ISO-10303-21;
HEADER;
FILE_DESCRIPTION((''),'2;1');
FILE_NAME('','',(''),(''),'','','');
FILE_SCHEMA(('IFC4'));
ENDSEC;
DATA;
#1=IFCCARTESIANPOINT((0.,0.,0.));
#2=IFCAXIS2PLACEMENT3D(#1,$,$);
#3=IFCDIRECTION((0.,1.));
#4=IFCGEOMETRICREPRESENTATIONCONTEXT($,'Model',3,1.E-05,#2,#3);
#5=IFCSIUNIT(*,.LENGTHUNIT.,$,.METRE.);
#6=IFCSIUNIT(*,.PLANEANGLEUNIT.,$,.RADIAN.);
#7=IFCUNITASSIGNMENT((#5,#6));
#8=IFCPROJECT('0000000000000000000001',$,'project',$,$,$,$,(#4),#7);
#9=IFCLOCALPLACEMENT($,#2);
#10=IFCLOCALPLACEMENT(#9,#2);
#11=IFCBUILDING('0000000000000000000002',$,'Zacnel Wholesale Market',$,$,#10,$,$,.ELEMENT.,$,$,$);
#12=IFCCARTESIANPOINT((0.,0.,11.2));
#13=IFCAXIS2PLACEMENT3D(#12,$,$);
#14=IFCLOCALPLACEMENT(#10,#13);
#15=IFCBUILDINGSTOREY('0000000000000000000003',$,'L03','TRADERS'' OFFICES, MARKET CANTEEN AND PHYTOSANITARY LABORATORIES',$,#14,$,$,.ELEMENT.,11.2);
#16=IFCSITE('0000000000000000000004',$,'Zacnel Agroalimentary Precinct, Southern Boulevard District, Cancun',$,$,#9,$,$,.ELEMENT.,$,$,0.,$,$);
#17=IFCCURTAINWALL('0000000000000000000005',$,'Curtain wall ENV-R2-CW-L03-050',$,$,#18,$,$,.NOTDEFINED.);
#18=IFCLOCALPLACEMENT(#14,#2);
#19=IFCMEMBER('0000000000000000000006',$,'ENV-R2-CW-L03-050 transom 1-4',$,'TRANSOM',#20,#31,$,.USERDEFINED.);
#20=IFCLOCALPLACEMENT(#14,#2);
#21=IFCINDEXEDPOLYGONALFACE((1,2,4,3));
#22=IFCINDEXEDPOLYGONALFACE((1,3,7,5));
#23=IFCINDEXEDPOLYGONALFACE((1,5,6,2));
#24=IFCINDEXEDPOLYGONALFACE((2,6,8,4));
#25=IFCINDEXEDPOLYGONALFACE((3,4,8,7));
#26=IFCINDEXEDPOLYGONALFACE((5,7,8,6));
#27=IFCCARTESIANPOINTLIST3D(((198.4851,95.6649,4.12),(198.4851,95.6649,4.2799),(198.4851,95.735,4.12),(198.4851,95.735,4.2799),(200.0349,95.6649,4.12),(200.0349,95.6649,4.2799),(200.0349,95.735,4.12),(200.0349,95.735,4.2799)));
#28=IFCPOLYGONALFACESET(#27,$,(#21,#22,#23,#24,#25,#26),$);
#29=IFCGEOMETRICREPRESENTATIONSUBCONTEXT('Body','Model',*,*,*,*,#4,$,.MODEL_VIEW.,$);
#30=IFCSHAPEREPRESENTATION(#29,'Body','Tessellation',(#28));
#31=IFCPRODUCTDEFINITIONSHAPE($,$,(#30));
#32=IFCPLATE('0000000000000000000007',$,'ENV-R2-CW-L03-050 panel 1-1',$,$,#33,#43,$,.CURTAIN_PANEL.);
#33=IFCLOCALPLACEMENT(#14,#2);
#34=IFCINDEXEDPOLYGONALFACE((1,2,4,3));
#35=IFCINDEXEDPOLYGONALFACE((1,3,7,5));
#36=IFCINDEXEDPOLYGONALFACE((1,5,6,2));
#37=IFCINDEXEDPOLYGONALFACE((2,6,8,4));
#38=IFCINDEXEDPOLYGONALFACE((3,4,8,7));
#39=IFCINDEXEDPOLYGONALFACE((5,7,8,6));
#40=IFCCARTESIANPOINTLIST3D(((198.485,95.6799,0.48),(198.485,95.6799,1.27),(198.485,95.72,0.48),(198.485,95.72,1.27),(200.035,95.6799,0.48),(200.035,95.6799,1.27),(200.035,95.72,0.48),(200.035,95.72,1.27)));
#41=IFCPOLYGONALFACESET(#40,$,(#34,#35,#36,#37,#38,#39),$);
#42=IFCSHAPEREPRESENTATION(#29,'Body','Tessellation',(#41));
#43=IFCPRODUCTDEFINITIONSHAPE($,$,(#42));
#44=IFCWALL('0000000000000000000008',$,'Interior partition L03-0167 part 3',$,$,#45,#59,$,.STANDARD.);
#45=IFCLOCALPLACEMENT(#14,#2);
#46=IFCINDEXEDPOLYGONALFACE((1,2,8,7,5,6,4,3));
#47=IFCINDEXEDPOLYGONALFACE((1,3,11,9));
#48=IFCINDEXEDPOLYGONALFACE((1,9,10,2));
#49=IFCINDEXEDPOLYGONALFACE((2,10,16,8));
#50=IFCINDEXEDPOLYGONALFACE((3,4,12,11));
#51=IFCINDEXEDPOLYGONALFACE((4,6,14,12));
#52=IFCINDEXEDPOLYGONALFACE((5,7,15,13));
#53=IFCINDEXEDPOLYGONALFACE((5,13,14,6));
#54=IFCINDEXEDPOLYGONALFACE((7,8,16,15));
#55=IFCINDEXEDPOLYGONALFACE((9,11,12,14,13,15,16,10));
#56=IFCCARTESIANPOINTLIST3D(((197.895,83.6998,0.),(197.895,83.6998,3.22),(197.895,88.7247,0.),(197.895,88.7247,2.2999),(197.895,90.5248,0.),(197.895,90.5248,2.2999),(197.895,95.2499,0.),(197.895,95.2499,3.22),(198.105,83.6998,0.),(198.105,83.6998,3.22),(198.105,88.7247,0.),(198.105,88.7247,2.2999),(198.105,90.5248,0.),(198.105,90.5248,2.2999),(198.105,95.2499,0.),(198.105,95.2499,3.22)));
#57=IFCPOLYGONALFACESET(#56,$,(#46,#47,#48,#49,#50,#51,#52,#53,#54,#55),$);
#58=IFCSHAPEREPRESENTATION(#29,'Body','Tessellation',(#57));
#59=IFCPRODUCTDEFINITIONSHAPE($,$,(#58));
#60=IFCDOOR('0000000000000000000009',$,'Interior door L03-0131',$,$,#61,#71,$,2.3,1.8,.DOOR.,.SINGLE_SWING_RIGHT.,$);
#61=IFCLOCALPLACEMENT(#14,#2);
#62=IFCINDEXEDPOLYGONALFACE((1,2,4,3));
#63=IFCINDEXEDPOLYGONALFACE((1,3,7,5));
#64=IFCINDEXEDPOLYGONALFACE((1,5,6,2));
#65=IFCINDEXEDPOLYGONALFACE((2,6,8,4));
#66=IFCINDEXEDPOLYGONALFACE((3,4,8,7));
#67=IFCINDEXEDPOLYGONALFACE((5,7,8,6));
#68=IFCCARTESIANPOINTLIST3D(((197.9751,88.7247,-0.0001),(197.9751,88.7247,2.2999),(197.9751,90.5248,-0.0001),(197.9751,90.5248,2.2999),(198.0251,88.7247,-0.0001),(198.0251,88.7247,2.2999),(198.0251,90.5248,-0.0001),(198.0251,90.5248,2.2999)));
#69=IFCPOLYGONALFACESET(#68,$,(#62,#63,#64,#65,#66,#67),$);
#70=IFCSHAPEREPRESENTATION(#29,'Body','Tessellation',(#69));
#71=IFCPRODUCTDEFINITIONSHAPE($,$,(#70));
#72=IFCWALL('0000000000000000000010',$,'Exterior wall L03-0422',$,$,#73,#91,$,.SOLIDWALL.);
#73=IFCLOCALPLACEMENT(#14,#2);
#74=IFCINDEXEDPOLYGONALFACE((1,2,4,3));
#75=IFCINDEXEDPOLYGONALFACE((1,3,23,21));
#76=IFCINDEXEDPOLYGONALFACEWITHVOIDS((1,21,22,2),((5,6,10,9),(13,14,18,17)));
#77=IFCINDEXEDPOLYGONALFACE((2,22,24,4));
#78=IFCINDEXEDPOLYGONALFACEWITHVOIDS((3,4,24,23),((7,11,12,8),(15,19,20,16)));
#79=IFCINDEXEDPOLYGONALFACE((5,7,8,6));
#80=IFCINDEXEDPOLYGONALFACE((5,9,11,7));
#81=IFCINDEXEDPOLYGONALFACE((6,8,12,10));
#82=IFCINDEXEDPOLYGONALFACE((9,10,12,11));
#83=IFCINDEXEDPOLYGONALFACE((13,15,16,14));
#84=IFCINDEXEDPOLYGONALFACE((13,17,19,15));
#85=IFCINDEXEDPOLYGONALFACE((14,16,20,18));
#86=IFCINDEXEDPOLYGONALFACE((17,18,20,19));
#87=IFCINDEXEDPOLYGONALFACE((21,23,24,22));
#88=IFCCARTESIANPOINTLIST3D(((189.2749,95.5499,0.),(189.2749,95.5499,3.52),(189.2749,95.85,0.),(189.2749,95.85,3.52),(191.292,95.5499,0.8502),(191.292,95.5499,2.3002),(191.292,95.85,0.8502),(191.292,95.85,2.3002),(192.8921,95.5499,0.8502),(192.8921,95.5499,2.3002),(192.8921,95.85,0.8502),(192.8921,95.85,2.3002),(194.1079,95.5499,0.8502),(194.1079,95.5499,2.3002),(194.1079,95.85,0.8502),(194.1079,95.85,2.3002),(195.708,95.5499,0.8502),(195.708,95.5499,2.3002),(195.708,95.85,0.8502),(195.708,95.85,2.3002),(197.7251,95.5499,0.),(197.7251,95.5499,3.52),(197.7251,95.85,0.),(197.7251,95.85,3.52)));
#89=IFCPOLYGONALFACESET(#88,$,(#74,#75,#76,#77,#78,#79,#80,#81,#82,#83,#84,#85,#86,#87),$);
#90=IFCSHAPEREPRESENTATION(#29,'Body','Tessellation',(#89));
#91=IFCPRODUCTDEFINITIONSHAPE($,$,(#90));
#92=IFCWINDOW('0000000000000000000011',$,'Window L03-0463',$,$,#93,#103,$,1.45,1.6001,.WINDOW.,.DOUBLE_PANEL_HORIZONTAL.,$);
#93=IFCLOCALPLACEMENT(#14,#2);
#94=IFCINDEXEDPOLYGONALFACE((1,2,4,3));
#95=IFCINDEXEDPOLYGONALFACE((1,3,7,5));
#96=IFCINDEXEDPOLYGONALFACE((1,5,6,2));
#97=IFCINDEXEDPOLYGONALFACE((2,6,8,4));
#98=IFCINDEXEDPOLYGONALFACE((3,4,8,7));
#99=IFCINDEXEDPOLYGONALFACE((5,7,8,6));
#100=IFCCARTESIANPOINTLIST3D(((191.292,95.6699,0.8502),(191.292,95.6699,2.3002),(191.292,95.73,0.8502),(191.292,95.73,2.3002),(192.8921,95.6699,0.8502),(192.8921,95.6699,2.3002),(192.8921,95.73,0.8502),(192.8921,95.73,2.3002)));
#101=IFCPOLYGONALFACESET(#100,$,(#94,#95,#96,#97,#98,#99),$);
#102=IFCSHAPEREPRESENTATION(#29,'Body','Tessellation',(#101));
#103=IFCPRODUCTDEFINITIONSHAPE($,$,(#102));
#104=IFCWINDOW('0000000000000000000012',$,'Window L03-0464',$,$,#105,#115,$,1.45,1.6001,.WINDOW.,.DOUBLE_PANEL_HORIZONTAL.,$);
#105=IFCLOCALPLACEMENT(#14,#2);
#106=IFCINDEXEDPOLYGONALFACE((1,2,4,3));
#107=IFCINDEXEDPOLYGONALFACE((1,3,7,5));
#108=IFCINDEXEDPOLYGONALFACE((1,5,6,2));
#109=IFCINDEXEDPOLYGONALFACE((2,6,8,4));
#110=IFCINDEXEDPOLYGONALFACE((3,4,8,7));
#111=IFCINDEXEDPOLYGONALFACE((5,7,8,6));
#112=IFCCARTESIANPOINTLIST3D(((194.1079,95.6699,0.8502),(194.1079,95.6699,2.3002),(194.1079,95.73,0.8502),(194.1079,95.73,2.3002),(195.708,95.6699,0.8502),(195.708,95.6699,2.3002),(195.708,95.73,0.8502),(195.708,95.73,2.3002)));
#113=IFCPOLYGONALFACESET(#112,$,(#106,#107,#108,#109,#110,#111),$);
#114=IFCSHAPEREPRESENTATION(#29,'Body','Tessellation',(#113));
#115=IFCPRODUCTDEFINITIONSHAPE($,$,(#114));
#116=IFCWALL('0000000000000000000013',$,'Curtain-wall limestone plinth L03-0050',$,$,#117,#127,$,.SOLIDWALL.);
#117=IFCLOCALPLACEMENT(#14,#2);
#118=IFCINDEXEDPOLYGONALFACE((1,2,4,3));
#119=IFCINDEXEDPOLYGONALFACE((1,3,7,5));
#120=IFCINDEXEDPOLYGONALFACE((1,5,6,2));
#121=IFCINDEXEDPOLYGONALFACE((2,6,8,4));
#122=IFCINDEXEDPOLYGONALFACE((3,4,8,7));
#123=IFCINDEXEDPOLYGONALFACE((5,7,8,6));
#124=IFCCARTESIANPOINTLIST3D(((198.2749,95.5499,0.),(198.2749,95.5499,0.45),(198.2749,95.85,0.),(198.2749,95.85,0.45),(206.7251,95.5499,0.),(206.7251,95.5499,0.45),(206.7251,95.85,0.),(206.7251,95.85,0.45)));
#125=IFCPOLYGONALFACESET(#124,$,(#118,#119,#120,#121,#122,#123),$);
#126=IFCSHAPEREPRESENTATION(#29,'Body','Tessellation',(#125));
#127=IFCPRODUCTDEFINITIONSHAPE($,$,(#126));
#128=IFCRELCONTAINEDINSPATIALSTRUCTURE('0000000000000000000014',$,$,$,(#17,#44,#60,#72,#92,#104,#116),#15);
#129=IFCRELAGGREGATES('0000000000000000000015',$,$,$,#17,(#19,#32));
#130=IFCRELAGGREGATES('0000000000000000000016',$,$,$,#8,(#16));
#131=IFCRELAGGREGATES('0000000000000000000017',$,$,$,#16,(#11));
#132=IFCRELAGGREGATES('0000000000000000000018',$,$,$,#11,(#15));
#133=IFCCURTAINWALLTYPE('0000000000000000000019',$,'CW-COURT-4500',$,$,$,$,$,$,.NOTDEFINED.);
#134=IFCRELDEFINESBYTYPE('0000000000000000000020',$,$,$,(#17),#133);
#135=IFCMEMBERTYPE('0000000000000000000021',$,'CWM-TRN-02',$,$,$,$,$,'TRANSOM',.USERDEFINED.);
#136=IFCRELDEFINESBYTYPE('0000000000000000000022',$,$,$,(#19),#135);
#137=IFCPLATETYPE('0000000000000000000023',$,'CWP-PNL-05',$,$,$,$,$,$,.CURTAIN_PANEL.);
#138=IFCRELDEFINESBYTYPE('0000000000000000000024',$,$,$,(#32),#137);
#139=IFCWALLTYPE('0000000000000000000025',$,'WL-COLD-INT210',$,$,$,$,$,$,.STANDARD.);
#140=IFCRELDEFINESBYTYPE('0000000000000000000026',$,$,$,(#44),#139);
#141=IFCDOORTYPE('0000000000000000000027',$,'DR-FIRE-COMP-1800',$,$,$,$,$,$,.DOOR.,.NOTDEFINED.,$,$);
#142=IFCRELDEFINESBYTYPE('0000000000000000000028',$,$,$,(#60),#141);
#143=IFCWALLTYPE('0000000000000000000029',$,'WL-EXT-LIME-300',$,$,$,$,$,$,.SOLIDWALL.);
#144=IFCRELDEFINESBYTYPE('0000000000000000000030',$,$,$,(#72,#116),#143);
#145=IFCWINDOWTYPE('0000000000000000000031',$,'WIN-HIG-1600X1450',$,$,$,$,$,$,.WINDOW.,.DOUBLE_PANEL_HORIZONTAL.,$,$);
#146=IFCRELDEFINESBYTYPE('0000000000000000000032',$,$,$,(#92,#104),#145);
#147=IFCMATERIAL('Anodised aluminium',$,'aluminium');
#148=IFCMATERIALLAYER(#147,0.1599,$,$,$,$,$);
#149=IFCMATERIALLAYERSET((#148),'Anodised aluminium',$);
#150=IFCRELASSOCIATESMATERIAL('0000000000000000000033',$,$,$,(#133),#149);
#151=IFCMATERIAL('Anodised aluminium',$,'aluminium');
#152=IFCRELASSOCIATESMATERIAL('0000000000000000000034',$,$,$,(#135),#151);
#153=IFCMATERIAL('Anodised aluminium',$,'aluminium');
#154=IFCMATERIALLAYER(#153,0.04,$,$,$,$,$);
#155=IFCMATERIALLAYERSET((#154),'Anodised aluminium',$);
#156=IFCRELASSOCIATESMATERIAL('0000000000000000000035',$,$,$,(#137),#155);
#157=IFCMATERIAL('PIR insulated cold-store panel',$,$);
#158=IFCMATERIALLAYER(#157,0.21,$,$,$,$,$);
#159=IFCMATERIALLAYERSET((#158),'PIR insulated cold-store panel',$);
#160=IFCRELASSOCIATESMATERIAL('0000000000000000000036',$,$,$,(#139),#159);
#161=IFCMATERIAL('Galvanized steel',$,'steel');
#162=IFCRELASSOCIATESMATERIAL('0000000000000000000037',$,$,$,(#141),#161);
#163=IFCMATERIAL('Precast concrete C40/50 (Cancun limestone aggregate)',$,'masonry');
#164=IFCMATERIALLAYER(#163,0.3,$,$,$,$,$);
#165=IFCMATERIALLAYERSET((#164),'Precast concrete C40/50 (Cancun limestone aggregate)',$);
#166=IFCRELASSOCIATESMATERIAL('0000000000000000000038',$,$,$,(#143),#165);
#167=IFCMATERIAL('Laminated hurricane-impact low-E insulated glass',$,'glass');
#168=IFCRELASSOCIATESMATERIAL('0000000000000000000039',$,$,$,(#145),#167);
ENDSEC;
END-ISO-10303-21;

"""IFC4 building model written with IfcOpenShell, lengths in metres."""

from ifc_helpers import new_model, si_unit, direction, frame, frame_2d, origin, origin_2d, place, context, subcontext, project, spatial, rectangle, extrude, material, layer, layer_set, material_profile, profile_set, type_object, element, fill, aggregate, save


model = new_model("IFC4")

# Units and contexts
model_context = context("Model", 3, precision=1e-05, world=origin(), true_north=direction((0.0, 1.0)))
body_context = subcontext(model_context, "Body", "Model", "MODEL_VIEW")
ifc_project = project(units=[si_unit("LENGTHUNIT", "METRE"), si_unit("PLANEANGLEUNIT", "RADIAN")], contexts=[model_context])

# Site, building, storey
site_placement = place(None, origin())
site = spatial("IfcSite", under=ifc_project, at=site_placement, Name="Zacnel Agroalimentary Precinct, Southern Boulevard District, Cancun", CompositionType="ELEMENT", RefElevation=0.0)
building_placement = place(site_placement, origin())
building = spatial("IfcBuilding", under=site, at=building_placement, Name="Zacnel Wholesale Market", CompositionType="ELEMENT")
storey_placement = place(building_placement, frame((0.0, 0.0, 11.2)))
storey = spatial("IfcBuildingStorey", under=building, at=storey_placement, Name="L03", Description="TRADERS' OFFICES, MARKET CANTEEN AND PHYTOSANITARY LABORATORIES", CompositionType="ELEMENT", Elevation=11.2)

# Curtain wall, member, plate
ifc_material_1 = material(Name="Anodised aluminium", Category="aluminium")
ifc_layer_1 = layer(ifc_material_1, 0.1599)
ifc_layer_set_1 = layer_set([ifc_layer_1], Name="Anodised aluminium")
curtain_wall_type = type_object("IfcCurtainWallType", Name="CW-COURT-4500", PredefinedType="NOTDEFINED", material=ifc_layer_set_1)
curtain_wall_placement = place(storey_placement, origin())
curtain_wall = element("IfcCurtainWall", 1, at=curtain_wall_placement, inside=storey, type_object=curtain_wall_type, Name="Curtain wall ENV-R2-CW-L03-050", PredefinedType="NOTDEFINED")
ifc_material_2 = material(Name="Anodised aluminium", Category="aluminium")
ifc_material_profile_1 = material_profile(ifc_material_2, rectangle(XDim=0.0701, YDim=0.1599, at=origin_2d()), Name="AW-TRANSOM 70x160")
ifc_profile_set_1 = profile_set([ifc_material_profile_1], Name="Anodised aluminium")
member_type_1 = type_object("IfcMemberType", Name="CWM-TRN-02", ElementType="TRANSOM", PredefinedType="USERDEFINED", material=ifc_profile_set_1)
member_1_placement = place(storey_placement, frame((198.4851, 95.7, 4.2), z_axis=(1.0, 0.0, 0.0), x_axis=(0.0, 1.0, 0.0)))
member_1 = element("IfcMember", 2, at=member_1_placement, type_object=member_type_1, Name="ENV-R2-CW-L03-050 transom 1-4", ObjectType="TRANSOM", PredefinedType="USERDEFINED", context=body_context, shape_type="SweptSolid", body=[
    extrude(rectangle(XDim=0.0701, YDim=0.1599, at=origin_2d()), origin(), (0.0, 0.0, 1.0), 1.5498),
])
ifc_material_3 = material(Name="Anodised aluminium", Category="aluminium")
ifc_layer_2 = layer(ifc_material_3, 0.04)
ifc_layer_set_2 = layer_set([ifc_layer_2], Name="Anodised aluminium")
plate_type = type_object("IfcPlateType", Name="CWP-PNL-05", PredefinedType="CURTAIN_PANEL", material=ifc_layer_set_2)
plate_placement = place(storey_placement, frame((199.26, 95.7, 0.48), z_axis=(0.0, 0.0, 1.0), x_axis=(1.0, 0.0, 0.0)))
plate = element("IfcPlate", 3, at=plate_placement, type_object=plate_type, Name="ENV-R2-CW-L03-050 panel 1-1", PredefinedType="CURTAIN_PANEL", context=body_context, shape_type="SweptSolid", body=[
    extrude(rectangle(XDim=1.55, YDim=0.04, at=origin_2d()), origin(), (0.0, 0.0, 1.0), 0.79),
])
aggregate(curtain_wall, [member_1, plate])

# Wall, opening, door
ifc_material_4 = material(Name="PIR insulated cold-store panel")
ifc_layer_3 = layer(ifc_material_4, 0.21)
ifc_layer_set_3 = layer_set([ifc_layer_3], Name="PIR insulated cold-store panel")
wall_type_1 = type_object("IfcWallType", Name="WL-COLD-INT210", PredefinedType="STANDARD", material=ifc_layer_set_3)
wall_1_placement = place(storey_placement, frame((198.0, 83.7, 0.0), z_axis=(0.0, 0.0, 1.0), x_axis=(0.0, 1.0, 0.0)))
wall_1 = element("IfcWall", 4, at=wall_1_placement, inside=storey, type_object=wall_type_1, Name="Interior partition L03-0167 part 3", PredefinedType="STANDARD", context=body_context, shape_type="SweptSolid", body=[
    extrude(rectangle(XDim=11.55, YDim=0.21, at=frame_2d((5.7749, 0.0))), origin(), (0.0, 0.0, 1.0), 3.22),
])
opening_1_placement = place(wall_1_placement, frame((5.0249, 0.0, 0.0)))
opening_1 = element("IfcOpeningElement", 5, at=opening_1_placement, cuts=wall_1, PredefinedType="OPENING", context=body_context, shape_type="SweptSolid", body=[
    extrude(rectangle(XDim=1.8, YDim=2.3, at=frame_2d((0.8999, 1.1499))), frame((0.0, 0.115, 0.0), z_axis=(0.0, -1.0, 0.0), x_axis=(1.0, 0.0, 0.0)), (0.0, 0.0, 1.0), 0.23),
])
ifc_material_5 = material(Name="Galvanized steel", Category="steel")
door_type = type_object("IfcDoorType", Name="DR-FIRE-COMP-1800", OperationType="NOTDEFINED", PredefinedType="DOOR", material=ifc_material_5)
door_placement = place(opening_1_placement, origin())
door = element("IfcDoor", 6, at=door_placement, inside=storey, type_object=door_type, Name="Interior door L03-0131", OperationType="SINGLE_SWING_RIGHT", OverallHeight=2.3, OverallWidth=1.8, PredefinedType="DOOR", context=body_context, shape_type="SweptSolid", body=[
    extrude(rectangle(XDim=1.8, YDim=2.3, at=frame_2d((0.8999, 1.1499))), frame((0.0, 0.0249, 0.0), z_axis=(0.0, -1.0, 0.0), x_axis=(1.0, 0.0, 0.0)), (0.0, 0.0, 1.0), 0.05),
])
fill(opening_1, door)

# Wall, openings, windows
ifc_material_6 = material(Name="Precast concrete C40/50 (Cancun limestone aggregate)", Category="masonry")
ifc_layer_4 = layer(ifc_material_6, 0.3)
ifc_layer_set_4 = layer_set([ifc_layer_4], Name="Precast concrete C40/50 (Cancun limestone aggregate)")
wall_type_2 = type_object("IfcWallType", Name="WL-EXT-LIME-300", PredefinedType="SOLIDWALL", material=ifc_layer_set_4)
wall_2_placement = place(storey_placement, frame((189.2749, 95.7, 0.0), z_axis=(0.0, 0.0, 1.0), x_axis=(1.0, 0.0, 0.0)))
wall_2 = element("IfcWall", 7, at=wall_2_placement, inside=storey, type_object=wall_type_2, Name="Exterior wall L03-0422", PredefinedType="SOLIDWALL", context=body_context, shape_type="SweptSolid", body=[
    extrude(rectangle(XDim=8.4502, YDim=0.3, at=frame_2d((4.2251, 0.0))), origin(), (0.0, 0.0, 1.0), 3.52),
])
opening_2_placement = place(wall_2_placement, frame((2.0171, 0.0, 0.8501)))
opening_2 = element("IfcOpeningElement", 8, at=opening_2_placement, cuts=wall_2, PredefinedType="OPENING", context=body_context, shape_type="SweptSolid", body=[
    extrude(rectangle(XDim=1.6001, YDim=1.45, at=frame_2d((0.8, 0.7251))), frame((0.0, 0.1599, 0.0), z_axis=(0.0, -1.0, 0.0), x_axis=(1.0, 0.0, 0.0)), (0.0, 0.0, 1.0), 0.3201),
])
opening_3_placement = place(wall_2_placement, frame((4.833, 0.0, 0.8501)))
opening_3 = element("IfcOpeningElement", 9, at=opening_3_placement, cuts=wall_2, PredefinedType="OPENING", context=body_context, shape_type="SweptSolid", body=[
    extrude(rectangle(XDim=1.6001, YDim=1.45, at=frame_2d((0.8, 0.7251))), frame((0.0, 0.1599, 0.0), z_axis=(0.0, -1.0, 0.0), x_axis=(1.0, 0.0, 0.0)), (0.0, 0.0, 1.0), 0.3201),
])
ifc_material_7 = material(Name="Laminated hurricane-impact low-E insulated glass", Category="glass")
window_type = type_object("IfcWindowType", Name="WIN-HIG-1600X1450", PartitioningType="DOUBLE_PANEL_HORIZONTAL", PredefinedType="WINDOW", material=ifc_material_7)
window_1_placement = place(opening_2_placement, origin())
window_1 = element("IfcWindow", 10, at=window_1_placement, inside=storey, type_object=window_type, Name="Window L03-0463", OverallHeight=1.45, OverallWidth=1.6001, PartitioningType="DOUBLE_PANEL_HORIZONTAL", PredefinedType="WINDOW", context=body_context, shape_type="SweptSolid", body=[
    extrude(rectangle(XDim=1.6001, YDim=1.45, at=frame_2d((0.8, 0.7251))), frame((0.0, 0.03, 0.0), z_axis=(0.0, -1.0, 0.0), x_axis=(1.0, 0.0, 0.0)), (0.0, 0.0, 1.0), 0.0601),
])
fill(opening_2, window_1)
window_2_placement = place(opening_3_placement, origin())
window_2 = element("IfcWindow", 11, at=window_2_placement, inside=storey, type_object=window_type, Name="Window L03-0464", OverallHeight=1.45, OverallWidth=1.6001, PartitioningType="DOUBLE_PANEL_HORIZONTAL", PredefinedType="WINDOW", context=body_context, shape_type="SweptSolid", body=[
    extrude(rectangle(XDim=1.6001, YDim=1.45, at=frame_2d((0.8, 0.7251))), frame((0.0, 0.03, 0.0), z_axis=(0.0, -1.0, 0.0), x_axis=(1.0, 0.0, 0.0)), (0.0, 0.0, 1.0), 0.0601),
])
fill(opening_3, window_2)

# Wall
wall_3_placement = place(storey_placement, frame((198.2749, 95.7, 0.0), z_axis=(0.0, 0.0, 1.0), x_axis=(1.0, 0.0, 0.0)))
element("IfcWall", 12, at=wall_3_placement, inside=storey, type_object=wall_type_2, Name="Curtain-wall limestone plinth L03-0050", PredefinedType="SOLIDWALL", context=body_context, shape_type="SweptSolid", body=[
    extrude(rectangle(XDim=8.4502, YDim=0.3, at=frame_2d((4.2251, 0.0))), origin(), (0.0, 0.0, 1.0), 0.45),
])

save(model, "model.ifc")
